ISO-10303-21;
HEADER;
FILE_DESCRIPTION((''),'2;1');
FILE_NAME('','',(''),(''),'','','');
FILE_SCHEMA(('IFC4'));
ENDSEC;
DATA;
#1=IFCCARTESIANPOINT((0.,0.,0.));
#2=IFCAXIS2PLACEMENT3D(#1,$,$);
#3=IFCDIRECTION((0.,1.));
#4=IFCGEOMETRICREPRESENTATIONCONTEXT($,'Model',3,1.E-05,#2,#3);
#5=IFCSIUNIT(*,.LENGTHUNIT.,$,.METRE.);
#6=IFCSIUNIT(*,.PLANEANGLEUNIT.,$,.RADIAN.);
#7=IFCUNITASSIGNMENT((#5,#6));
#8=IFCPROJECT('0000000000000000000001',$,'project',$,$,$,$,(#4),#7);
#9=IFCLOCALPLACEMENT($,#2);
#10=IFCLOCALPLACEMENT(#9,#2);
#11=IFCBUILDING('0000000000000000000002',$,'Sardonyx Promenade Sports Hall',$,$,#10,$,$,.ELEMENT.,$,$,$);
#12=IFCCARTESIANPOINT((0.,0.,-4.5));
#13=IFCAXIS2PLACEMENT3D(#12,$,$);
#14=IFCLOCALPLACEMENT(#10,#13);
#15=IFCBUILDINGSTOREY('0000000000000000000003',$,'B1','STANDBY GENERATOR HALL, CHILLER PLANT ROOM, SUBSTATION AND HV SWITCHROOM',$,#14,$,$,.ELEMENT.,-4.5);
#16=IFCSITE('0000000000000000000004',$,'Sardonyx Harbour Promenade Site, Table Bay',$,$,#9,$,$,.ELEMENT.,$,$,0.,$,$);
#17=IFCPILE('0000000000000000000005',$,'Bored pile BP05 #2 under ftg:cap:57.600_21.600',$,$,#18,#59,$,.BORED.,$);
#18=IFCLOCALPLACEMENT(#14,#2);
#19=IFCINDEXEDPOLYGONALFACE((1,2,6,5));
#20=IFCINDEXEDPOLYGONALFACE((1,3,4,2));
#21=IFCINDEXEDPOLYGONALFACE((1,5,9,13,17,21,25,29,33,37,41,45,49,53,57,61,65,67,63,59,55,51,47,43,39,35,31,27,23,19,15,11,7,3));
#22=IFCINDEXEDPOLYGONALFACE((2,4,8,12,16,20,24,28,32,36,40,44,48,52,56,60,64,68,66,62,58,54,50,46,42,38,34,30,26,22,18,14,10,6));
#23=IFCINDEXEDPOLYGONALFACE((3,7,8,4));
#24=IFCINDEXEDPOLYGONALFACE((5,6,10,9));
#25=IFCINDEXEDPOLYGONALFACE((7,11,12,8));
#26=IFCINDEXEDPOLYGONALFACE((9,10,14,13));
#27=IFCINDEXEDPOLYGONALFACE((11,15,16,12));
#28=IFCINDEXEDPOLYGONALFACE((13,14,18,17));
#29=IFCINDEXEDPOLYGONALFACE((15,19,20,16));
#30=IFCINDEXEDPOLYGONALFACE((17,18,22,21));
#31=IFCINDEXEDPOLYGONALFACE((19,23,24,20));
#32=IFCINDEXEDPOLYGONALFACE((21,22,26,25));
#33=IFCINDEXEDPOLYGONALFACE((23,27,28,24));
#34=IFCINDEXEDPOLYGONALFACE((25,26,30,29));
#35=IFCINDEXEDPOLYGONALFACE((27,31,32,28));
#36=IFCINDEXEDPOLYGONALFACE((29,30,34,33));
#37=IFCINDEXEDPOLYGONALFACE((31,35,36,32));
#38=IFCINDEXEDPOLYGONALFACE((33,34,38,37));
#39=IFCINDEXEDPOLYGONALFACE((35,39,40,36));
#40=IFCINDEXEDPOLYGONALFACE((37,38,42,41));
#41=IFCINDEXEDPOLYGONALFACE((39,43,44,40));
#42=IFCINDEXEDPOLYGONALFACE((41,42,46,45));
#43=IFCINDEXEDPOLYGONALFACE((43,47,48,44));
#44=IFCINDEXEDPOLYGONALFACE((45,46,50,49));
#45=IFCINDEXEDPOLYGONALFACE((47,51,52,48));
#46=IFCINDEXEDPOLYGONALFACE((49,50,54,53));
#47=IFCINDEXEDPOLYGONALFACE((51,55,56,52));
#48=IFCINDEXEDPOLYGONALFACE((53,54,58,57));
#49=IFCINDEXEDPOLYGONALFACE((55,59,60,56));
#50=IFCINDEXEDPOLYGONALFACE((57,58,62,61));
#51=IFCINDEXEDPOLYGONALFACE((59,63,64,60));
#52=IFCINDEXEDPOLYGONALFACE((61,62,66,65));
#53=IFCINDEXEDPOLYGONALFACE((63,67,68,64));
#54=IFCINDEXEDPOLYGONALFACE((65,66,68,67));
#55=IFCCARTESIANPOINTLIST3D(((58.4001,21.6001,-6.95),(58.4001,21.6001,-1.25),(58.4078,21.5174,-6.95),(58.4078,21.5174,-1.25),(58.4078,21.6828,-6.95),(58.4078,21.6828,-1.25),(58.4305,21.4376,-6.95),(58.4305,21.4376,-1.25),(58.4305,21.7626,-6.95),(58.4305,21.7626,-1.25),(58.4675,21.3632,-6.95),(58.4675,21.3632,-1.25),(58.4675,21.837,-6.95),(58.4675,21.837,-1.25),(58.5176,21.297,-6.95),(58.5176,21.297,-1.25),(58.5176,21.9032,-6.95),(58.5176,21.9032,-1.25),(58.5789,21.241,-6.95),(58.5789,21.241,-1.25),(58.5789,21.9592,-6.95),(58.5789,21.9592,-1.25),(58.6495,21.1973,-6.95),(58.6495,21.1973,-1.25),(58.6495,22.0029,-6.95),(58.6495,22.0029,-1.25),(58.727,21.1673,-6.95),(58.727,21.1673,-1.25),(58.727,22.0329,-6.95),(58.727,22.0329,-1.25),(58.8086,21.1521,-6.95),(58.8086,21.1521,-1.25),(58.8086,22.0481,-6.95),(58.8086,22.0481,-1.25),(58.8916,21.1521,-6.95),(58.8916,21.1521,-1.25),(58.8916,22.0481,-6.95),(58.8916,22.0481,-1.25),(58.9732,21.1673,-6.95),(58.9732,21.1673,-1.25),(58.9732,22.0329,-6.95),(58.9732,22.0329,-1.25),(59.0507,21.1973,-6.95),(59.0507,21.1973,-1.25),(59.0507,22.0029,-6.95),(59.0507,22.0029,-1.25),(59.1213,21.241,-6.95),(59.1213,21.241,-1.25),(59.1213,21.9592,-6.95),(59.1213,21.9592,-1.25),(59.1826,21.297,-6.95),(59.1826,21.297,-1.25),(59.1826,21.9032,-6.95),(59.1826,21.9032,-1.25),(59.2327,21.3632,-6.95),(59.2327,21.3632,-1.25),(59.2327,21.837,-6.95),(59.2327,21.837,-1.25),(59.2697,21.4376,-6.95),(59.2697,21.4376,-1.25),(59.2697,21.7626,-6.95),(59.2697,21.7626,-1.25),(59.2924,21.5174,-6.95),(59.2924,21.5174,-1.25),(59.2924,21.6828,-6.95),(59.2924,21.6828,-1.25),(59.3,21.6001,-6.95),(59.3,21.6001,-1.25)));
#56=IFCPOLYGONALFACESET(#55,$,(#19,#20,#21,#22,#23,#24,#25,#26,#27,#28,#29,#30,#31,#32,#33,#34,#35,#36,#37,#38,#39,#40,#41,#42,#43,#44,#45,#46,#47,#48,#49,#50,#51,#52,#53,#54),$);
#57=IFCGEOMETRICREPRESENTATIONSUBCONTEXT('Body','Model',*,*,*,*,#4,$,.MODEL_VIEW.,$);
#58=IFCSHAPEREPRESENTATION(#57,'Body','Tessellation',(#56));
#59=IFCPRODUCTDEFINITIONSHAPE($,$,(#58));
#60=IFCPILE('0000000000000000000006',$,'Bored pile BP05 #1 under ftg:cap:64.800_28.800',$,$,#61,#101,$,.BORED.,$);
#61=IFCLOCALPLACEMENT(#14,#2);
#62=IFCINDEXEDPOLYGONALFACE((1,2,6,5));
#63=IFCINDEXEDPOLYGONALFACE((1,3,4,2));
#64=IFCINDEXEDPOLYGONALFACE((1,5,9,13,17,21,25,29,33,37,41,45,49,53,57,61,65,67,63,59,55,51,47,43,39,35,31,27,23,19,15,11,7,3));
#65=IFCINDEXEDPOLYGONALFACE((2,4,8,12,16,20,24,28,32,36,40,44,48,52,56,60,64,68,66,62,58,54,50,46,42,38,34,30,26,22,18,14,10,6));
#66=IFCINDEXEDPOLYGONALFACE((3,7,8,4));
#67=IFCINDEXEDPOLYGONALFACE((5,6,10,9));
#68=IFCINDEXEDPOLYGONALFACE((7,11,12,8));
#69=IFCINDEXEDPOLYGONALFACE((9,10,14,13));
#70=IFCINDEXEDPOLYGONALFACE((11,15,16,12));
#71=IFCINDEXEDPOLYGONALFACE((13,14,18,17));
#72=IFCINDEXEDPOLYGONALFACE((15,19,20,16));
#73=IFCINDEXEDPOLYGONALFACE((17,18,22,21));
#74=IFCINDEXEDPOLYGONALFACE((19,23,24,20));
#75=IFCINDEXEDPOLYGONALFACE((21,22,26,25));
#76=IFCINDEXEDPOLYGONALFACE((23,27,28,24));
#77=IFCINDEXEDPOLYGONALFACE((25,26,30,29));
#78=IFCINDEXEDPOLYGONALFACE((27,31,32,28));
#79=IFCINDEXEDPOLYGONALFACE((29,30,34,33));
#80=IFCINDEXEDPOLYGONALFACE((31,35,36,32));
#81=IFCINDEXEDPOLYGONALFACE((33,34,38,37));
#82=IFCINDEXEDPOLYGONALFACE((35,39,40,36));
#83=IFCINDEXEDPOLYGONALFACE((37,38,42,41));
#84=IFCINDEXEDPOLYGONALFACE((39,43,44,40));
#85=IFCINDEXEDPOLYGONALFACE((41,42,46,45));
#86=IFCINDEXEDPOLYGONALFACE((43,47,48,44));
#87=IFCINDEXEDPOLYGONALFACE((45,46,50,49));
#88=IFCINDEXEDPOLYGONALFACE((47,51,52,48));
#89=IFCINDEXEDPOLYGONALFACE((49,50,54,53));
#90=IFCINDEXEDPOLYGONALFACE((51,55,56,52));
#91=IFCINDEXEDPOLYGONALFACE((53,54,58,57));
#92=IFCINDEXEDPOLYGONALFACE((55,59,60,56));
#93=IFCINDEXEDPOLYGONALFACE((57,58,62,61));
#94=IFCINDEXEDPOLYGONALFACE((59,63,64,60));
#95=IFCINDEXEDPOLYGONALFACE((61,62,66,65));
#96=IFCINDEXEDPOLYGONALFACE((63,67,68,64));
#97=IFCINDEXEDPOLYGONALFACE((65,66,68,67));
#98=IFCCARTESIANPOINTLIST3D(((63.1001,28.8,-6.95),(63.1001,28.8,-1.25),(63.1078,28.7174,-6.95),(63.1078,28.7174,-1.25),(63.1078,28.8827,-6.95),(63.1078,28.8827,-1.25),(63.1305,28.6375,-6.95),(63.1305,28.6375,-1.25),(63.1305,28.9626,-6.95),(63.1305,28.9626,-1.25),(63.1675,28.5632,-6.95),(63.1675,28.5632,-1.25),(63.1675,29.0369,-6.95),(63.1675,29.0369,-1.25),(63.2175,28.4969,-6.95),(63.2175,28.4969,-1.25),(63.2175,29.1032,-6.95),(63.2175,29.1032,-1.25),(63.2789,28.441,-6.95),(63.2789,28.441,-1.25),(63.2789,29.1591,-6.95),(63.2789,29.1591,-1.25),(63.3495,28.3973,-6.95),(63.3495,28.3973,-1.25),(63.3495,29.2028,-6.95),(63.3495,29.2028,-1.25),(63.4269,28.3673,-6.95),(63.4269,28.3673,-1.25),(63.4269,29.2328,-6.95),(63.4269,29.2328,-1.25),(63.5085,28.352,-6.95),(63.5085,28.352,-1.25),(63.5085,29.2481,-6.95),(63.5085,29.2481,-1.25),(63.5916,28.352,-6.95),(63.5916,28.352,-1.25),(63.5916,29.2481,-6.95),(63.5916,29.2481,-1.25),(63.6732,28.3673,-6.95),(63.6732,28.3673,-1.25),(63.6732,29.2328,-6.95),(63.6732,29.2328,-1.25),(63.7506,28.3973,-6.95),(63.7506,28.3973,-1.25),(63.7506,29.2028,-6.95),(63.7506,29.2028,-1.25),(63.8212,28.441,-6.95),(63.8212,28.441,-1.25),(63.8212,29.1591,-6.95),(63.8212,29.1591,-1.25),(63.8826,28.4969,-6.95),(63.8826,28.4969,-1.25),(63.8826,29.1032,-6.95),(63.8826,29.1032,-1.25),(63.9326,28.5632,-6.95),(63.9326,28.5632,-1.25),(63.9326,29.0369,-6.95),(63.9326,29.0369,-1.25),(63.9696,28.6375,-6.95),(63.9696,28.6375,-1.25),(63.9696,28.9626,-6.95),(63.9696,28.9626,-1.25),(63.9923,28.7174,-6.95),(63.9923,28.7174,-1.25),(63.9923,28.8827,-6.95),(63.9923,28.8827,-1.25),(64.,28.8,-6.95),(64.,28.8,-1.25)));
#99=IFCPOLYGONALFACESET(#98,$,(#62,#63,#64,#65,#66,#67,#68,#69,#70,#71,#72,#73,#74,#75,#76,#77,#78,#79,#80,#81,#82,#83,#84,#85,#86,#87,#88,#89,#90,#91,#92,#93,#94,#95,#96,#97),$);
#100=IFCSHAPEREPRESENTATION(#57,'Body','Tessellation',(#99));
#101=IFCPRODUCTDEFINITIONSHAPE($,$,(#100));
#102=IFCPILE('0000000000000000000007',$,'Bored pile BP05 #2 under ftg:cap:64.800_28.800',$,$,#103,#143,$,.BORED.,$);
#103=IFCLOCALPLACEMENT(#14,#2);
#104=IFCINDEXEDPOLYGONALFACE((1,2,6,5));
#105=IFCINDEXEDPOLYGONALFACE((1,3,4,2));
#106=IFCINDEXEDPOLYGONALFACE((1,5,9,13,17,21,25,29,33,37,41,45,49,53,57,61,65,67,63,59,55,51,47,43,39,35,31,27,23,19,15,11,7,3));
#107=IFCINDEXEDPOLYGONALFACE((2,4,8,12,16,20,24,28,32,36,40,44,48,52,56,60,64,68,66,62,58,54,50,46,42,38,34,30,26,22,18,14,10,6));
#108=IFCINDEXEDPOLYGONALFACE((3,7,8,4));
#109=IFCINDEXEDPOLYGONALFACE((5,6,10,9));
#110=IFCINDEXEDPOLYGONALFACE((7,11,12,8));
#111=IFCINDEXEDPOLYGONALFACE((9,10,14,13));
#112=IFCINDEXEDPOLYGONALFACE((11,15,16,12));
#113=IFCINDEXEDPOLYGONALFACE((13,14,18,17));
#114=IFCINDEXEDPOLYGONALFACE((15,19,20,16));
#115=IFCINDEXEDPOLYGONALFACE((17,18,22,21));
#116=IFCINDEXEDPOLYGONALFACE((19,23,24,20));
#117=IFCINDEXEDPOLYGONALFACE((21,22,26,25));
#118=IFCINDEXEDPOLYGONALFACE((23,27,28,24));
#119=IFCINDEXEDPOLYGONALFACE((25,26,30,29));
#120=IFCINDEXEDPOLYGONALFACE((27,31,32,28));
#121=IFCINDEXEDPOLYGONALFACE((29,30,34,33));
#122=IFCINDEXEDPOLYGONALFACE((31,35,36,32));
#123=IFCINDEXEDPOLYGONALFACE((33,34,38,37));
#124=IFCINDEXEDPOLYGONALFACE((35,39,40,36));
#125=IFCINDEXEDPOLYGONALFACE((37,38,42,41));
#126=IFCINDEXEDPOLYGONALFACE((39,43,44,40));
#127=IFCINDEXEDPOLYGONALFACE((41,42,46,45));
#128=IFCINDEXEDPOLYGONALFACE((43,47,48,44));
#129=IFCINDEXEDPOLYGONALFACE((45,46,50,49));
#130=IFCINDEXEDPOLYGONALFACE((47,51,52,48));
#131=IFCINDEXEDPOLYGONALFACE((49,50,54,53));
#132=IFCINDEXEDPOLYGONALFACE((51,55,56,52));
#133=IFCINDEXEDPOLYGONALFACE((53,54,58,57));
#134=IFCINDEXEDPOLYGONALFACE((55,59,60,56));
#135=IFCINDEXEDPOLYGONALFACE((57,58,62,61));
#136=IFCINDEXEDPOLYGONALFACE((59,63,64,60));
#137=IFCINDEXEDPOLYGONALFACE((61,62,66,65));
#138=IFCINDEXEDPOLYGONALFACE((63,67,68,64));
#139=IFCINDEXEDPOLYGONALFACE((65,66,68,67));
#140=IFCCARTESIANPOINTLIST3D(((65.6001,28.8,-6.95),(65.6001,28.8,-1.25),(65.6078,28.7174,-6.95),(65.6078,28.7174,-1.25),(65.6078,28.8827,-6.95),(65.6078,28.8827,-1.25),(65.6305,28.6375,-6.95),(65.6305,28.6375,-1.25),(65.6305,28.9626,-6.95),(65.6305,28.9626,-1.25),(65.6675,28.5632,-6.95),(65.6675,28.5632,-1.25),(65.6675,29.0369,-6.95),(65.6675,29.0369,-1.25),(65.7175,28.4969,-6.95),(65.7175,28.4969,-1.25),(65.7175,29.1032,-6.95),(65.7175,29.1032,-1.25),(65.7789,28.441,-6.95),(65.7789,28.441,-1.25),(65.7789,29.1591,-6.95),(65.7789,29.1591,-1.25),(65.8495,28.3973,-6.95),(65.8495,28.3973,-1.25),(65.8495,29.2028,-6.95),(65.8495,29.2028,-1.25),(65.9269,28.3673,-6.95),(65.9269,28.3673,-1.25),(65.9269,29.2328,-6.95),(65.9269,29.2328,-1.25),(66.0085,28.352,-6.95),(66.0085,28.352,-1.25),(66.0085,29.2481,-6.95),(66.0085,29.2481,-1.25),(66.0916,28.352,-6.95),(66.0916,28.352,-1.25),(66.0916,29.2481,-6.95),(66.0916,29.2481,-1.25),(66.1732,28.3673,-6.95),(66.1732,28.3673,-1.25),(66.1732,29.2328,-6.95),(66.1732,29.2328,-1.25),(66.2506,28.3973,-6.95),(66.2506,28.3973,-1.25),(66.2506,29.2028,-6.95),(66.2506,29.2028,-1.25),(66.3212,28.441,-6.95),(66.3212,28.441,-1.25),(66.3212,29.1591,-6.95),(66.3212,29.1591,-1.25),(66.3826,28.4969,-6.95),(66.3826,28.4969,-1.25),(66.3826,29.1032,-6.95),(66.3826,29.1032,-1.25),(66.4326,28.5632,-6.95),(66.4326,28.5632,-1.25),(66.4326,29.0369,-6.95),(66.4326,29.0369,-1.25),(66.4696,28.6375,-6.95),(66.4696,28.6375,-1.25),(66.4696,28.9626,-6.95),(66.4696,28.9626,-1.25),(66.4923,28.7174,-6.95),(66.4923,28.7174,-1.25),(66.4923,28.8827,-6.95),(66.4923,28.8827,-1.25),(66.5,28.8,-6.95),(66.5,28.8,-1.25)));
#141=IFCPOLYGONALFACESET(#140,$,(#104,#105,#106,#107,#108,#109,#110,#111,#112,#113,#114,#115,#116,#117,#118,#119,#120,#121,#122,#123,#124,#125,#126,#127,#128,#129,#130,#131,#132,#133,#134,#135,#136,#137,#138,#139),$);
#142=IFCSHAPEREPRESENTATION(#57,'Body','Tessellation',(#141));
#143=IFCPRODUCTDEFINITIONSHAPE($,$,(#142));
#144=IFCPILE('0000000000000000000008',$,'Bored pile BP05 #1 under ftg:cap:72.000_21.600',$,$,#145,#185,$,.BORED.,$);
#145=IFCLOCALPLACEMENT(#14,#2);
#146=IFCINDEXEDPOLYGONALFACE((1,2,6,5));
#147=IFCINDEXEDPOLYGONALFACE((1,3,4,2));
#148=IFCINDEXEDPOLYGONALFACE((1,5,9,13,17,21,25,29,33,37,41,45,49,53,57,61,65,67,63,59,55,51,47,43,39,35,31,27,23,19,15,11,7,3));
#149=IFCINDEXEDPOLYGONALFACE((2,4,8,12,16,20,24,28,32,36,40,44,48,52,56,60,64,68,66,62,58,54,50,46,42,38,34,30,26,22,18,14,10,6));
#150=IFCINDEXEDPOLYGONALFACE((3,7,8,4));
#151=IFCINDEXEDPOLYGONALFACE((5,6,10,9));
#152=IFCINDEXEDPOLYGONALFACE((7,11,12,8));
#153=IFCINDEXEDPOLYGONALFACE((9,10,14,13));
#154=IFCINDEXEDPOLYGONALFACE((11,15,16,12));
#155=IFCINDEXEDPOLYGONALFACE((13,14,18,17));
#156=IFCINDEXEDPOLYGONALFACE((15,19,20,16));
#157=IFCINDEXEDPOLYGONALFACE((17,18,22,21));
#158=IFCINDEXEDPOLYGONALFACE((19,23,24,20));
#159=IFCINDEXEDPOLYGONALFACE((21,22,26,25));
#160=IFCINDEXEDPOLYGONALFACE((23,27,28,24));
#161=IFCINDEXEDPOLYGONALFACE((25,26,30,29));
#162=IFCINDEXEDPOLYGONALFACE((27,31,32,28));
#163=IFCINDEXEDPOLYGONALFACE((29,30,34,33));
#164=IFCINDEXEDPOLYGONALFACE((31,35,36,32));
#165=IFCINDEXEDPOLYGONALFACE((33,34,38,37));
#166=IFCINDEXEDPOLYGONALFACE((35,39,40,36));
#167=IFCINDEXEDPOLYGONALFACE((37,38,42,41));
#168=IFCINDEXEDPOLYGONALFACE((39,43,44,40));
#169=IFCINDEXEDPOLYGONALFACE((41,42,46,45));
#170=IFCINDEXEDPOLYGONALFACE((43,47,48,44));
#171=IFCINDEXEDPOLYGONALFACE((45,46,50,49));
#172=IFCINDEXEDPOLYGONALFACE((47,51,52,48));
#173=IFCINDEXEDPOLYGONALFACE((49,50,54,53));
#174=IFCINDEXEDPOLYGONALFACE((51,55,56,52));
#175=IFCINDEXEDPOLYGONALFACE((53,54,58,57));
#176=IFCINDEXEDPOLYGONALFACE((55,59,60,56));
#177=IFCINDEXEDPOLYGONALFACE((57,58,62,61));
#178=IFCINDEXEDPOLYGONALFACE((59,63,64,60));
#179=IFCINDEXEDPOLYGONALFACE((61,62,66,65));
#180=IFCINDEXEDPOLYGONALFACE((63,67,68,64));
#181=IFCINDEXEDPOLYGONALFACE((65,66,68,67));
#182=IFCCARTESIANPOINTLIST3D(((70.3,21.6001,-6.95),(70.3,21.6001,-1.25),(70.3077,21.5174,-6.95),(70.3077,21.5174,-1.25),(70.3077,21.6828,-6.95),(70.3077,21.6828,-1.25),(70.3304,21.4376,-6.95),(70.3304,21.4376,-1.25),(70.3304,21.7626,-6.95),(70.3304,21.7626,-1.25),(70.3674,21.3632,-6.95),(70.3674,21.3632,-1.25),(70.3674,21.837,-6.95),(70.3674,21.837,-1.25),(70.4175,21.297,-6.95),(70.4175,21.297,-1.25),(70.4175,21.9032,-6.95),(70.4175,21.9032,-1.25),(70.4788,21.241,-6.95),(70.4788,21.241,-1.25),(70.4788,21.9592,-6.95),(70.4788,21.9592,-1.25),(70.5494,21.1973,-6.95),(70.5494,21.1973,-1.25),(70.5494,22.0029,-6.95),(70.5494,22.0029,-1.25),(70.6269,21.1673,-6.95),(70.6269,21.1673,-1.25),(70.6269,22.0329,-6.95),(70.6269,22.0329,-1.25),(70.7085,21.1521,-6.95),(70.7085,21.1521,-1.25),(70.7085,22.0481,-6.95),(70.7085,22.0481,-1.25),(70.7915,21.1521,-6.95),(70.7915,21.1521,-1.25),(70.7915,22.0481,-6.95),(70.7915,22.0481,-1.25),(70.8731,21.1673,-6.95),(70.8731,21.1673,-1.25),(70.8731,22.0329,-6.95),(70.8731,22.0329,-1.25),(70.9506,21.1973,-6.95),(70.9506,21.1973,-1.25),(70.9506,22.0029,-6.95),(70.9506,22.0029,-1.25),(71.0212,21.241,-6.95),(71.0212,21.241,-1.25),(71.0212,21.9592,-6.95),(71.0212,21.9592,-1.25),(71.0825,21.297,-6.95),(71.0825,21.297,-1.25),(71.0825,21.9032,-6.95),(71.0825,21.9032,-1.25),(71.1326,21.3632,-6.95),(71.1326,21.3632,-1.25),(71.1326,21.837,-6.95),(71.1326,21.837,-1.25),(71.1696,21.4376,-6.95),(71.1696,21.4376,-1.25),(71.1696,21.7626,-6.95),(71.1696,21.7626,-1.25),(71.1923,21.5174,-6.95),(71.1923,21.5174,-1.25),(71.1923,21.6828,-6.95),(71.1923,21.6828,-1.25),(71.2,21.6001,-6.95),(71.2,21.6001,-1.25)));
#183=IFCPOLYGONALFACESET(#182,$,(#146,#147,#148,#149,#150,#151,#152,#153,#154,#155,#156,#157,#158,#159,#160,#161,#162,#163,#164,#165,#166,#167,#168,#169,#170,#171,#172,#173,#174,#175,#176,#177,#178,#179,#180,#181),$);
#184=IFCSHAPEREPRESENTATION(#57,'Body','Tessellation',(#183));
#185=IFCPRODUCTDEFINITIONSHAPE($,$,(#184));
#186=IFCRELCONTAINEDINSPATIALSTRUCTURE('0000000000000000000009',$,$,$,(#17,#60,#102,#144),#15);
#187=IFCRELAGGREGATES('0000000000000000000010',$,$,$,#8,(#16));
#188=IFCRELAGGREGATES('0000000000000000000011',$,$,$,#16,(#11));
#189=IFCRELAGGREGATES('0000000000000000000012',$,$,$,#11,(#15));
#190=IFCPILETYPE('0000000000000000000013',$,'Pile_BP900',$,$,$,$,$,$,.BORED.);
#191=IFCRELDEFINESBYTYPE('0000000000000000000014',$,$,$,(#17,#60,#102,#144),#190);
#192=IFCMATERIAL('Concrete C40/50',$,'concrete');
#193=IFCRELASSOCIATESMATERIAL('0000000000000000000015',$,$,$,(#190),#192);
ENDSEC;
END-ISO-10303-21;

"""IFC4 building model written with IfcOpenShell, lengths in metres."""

from ifc_helpers import new_model, si_unit, direction, frame, origin, origin_2d, place, context, subcontext, project, spatial, circle, extrude, material, material_profile, profile_set, type_object, element, save


model = new_model("IFC4")

# Units and contexts
model_context = context("Model", 3, precision=1e-05, world=origin(), true_north=direction((0.0, 1.0)))
body_context = subcontext(model_context, "Body", "Model", "MODEL_VIEW")
ifc_project = project(units=[si_unit("LENGTHUNIT", "METRE"), si_unit("PLANEANGLEUNIT", "RADIAN")], contexts=[model_context])

# Site, building, storey
site_placement = place(None, origin())
site = spatial("IfcSite", under=ifc_project, at=site_placement, Name="Sardonyx Harbour Promenade Site, Table Bay", CompositionType="ELEMENT", RefElevation=0.0)
building_placement = place(site_placement, origin())
building = spatial("IfcBuilding", under=site, at=building_placement, Name="Sardonyx Promenade Sports Hall", CompositionType="ELEMENT")
storey_placement = place(building_placement, frame((0.0, 0.0, -4.5)))
storey = spatial("IfcBuildingStorey", under=building, at=storey_placement, Name="B1", Description="STANDBY GENERATOR HALL, CHILLER PLANT ROOM, SUBSTATION AND HV SWITCHROOM", CompositionType="ELEMENT", Elevation=-4.5)

# Piles
ifc_material_1 = material(Name="Concrete C40/50", Category="concrete")
ifc_material_profile_1 = material_profile(ifc_material_1, circle(Radius=0.45, at=origin_2d()))
ifc_profile_set_1 = profile_set([ifc_material_profile_1], Name="Concrete C40/50")
pile_type_1 = type_object("IfcPileType", Name="Pile_BP900", PredefinedType="BORED", material=ifc_profile_set_1)
for number, where, z_axis, x_axis, name in (
    (1, (58.8501, 21.6001, -1.25), (0.0, 0.0, -1.0), (1.0, 0.0, 0.0), "Bored pile BP05 #2 under ftg:cap:57.600_21.600"),
    (2, (63.55, 28.8, -1.25), (0.0, 0.0, -1.0), (1.0, 0.0, 0.0), "Bored pile BP05 #1 under ftg:cap:64.800_28.800"),
    (3, (66.05, 28.8, -1.25), (0.0, 0.0, -1.0), (1.0, 0.0, 0.0), "Bored pile BP05 #2 under ftg:cap:64.800_28.800"),
    (4, (70.75, 21.6001, -1.25), (0.0, 0.0, -1.0), (1.0, 0.0, 0.0), "Bored pile BP05 #1 under ftg:cap:72.000_21.600"),
):
    element("IfcPile", number, at=place(storey_placement, frame(where, z_axis=z_axis, x_axis=x_axis)), inside=storey, type_object=pile_type_1, Name=name, PredefinedType="BORED", context=body_context, shape_type="SweptSolid", body=[
        extrude(circle(Radius=0.45, at=origin_2d()), origin(), (0.0, 0.0, 1.0), 5.7),
    ])

save(model, "model.ifc")
